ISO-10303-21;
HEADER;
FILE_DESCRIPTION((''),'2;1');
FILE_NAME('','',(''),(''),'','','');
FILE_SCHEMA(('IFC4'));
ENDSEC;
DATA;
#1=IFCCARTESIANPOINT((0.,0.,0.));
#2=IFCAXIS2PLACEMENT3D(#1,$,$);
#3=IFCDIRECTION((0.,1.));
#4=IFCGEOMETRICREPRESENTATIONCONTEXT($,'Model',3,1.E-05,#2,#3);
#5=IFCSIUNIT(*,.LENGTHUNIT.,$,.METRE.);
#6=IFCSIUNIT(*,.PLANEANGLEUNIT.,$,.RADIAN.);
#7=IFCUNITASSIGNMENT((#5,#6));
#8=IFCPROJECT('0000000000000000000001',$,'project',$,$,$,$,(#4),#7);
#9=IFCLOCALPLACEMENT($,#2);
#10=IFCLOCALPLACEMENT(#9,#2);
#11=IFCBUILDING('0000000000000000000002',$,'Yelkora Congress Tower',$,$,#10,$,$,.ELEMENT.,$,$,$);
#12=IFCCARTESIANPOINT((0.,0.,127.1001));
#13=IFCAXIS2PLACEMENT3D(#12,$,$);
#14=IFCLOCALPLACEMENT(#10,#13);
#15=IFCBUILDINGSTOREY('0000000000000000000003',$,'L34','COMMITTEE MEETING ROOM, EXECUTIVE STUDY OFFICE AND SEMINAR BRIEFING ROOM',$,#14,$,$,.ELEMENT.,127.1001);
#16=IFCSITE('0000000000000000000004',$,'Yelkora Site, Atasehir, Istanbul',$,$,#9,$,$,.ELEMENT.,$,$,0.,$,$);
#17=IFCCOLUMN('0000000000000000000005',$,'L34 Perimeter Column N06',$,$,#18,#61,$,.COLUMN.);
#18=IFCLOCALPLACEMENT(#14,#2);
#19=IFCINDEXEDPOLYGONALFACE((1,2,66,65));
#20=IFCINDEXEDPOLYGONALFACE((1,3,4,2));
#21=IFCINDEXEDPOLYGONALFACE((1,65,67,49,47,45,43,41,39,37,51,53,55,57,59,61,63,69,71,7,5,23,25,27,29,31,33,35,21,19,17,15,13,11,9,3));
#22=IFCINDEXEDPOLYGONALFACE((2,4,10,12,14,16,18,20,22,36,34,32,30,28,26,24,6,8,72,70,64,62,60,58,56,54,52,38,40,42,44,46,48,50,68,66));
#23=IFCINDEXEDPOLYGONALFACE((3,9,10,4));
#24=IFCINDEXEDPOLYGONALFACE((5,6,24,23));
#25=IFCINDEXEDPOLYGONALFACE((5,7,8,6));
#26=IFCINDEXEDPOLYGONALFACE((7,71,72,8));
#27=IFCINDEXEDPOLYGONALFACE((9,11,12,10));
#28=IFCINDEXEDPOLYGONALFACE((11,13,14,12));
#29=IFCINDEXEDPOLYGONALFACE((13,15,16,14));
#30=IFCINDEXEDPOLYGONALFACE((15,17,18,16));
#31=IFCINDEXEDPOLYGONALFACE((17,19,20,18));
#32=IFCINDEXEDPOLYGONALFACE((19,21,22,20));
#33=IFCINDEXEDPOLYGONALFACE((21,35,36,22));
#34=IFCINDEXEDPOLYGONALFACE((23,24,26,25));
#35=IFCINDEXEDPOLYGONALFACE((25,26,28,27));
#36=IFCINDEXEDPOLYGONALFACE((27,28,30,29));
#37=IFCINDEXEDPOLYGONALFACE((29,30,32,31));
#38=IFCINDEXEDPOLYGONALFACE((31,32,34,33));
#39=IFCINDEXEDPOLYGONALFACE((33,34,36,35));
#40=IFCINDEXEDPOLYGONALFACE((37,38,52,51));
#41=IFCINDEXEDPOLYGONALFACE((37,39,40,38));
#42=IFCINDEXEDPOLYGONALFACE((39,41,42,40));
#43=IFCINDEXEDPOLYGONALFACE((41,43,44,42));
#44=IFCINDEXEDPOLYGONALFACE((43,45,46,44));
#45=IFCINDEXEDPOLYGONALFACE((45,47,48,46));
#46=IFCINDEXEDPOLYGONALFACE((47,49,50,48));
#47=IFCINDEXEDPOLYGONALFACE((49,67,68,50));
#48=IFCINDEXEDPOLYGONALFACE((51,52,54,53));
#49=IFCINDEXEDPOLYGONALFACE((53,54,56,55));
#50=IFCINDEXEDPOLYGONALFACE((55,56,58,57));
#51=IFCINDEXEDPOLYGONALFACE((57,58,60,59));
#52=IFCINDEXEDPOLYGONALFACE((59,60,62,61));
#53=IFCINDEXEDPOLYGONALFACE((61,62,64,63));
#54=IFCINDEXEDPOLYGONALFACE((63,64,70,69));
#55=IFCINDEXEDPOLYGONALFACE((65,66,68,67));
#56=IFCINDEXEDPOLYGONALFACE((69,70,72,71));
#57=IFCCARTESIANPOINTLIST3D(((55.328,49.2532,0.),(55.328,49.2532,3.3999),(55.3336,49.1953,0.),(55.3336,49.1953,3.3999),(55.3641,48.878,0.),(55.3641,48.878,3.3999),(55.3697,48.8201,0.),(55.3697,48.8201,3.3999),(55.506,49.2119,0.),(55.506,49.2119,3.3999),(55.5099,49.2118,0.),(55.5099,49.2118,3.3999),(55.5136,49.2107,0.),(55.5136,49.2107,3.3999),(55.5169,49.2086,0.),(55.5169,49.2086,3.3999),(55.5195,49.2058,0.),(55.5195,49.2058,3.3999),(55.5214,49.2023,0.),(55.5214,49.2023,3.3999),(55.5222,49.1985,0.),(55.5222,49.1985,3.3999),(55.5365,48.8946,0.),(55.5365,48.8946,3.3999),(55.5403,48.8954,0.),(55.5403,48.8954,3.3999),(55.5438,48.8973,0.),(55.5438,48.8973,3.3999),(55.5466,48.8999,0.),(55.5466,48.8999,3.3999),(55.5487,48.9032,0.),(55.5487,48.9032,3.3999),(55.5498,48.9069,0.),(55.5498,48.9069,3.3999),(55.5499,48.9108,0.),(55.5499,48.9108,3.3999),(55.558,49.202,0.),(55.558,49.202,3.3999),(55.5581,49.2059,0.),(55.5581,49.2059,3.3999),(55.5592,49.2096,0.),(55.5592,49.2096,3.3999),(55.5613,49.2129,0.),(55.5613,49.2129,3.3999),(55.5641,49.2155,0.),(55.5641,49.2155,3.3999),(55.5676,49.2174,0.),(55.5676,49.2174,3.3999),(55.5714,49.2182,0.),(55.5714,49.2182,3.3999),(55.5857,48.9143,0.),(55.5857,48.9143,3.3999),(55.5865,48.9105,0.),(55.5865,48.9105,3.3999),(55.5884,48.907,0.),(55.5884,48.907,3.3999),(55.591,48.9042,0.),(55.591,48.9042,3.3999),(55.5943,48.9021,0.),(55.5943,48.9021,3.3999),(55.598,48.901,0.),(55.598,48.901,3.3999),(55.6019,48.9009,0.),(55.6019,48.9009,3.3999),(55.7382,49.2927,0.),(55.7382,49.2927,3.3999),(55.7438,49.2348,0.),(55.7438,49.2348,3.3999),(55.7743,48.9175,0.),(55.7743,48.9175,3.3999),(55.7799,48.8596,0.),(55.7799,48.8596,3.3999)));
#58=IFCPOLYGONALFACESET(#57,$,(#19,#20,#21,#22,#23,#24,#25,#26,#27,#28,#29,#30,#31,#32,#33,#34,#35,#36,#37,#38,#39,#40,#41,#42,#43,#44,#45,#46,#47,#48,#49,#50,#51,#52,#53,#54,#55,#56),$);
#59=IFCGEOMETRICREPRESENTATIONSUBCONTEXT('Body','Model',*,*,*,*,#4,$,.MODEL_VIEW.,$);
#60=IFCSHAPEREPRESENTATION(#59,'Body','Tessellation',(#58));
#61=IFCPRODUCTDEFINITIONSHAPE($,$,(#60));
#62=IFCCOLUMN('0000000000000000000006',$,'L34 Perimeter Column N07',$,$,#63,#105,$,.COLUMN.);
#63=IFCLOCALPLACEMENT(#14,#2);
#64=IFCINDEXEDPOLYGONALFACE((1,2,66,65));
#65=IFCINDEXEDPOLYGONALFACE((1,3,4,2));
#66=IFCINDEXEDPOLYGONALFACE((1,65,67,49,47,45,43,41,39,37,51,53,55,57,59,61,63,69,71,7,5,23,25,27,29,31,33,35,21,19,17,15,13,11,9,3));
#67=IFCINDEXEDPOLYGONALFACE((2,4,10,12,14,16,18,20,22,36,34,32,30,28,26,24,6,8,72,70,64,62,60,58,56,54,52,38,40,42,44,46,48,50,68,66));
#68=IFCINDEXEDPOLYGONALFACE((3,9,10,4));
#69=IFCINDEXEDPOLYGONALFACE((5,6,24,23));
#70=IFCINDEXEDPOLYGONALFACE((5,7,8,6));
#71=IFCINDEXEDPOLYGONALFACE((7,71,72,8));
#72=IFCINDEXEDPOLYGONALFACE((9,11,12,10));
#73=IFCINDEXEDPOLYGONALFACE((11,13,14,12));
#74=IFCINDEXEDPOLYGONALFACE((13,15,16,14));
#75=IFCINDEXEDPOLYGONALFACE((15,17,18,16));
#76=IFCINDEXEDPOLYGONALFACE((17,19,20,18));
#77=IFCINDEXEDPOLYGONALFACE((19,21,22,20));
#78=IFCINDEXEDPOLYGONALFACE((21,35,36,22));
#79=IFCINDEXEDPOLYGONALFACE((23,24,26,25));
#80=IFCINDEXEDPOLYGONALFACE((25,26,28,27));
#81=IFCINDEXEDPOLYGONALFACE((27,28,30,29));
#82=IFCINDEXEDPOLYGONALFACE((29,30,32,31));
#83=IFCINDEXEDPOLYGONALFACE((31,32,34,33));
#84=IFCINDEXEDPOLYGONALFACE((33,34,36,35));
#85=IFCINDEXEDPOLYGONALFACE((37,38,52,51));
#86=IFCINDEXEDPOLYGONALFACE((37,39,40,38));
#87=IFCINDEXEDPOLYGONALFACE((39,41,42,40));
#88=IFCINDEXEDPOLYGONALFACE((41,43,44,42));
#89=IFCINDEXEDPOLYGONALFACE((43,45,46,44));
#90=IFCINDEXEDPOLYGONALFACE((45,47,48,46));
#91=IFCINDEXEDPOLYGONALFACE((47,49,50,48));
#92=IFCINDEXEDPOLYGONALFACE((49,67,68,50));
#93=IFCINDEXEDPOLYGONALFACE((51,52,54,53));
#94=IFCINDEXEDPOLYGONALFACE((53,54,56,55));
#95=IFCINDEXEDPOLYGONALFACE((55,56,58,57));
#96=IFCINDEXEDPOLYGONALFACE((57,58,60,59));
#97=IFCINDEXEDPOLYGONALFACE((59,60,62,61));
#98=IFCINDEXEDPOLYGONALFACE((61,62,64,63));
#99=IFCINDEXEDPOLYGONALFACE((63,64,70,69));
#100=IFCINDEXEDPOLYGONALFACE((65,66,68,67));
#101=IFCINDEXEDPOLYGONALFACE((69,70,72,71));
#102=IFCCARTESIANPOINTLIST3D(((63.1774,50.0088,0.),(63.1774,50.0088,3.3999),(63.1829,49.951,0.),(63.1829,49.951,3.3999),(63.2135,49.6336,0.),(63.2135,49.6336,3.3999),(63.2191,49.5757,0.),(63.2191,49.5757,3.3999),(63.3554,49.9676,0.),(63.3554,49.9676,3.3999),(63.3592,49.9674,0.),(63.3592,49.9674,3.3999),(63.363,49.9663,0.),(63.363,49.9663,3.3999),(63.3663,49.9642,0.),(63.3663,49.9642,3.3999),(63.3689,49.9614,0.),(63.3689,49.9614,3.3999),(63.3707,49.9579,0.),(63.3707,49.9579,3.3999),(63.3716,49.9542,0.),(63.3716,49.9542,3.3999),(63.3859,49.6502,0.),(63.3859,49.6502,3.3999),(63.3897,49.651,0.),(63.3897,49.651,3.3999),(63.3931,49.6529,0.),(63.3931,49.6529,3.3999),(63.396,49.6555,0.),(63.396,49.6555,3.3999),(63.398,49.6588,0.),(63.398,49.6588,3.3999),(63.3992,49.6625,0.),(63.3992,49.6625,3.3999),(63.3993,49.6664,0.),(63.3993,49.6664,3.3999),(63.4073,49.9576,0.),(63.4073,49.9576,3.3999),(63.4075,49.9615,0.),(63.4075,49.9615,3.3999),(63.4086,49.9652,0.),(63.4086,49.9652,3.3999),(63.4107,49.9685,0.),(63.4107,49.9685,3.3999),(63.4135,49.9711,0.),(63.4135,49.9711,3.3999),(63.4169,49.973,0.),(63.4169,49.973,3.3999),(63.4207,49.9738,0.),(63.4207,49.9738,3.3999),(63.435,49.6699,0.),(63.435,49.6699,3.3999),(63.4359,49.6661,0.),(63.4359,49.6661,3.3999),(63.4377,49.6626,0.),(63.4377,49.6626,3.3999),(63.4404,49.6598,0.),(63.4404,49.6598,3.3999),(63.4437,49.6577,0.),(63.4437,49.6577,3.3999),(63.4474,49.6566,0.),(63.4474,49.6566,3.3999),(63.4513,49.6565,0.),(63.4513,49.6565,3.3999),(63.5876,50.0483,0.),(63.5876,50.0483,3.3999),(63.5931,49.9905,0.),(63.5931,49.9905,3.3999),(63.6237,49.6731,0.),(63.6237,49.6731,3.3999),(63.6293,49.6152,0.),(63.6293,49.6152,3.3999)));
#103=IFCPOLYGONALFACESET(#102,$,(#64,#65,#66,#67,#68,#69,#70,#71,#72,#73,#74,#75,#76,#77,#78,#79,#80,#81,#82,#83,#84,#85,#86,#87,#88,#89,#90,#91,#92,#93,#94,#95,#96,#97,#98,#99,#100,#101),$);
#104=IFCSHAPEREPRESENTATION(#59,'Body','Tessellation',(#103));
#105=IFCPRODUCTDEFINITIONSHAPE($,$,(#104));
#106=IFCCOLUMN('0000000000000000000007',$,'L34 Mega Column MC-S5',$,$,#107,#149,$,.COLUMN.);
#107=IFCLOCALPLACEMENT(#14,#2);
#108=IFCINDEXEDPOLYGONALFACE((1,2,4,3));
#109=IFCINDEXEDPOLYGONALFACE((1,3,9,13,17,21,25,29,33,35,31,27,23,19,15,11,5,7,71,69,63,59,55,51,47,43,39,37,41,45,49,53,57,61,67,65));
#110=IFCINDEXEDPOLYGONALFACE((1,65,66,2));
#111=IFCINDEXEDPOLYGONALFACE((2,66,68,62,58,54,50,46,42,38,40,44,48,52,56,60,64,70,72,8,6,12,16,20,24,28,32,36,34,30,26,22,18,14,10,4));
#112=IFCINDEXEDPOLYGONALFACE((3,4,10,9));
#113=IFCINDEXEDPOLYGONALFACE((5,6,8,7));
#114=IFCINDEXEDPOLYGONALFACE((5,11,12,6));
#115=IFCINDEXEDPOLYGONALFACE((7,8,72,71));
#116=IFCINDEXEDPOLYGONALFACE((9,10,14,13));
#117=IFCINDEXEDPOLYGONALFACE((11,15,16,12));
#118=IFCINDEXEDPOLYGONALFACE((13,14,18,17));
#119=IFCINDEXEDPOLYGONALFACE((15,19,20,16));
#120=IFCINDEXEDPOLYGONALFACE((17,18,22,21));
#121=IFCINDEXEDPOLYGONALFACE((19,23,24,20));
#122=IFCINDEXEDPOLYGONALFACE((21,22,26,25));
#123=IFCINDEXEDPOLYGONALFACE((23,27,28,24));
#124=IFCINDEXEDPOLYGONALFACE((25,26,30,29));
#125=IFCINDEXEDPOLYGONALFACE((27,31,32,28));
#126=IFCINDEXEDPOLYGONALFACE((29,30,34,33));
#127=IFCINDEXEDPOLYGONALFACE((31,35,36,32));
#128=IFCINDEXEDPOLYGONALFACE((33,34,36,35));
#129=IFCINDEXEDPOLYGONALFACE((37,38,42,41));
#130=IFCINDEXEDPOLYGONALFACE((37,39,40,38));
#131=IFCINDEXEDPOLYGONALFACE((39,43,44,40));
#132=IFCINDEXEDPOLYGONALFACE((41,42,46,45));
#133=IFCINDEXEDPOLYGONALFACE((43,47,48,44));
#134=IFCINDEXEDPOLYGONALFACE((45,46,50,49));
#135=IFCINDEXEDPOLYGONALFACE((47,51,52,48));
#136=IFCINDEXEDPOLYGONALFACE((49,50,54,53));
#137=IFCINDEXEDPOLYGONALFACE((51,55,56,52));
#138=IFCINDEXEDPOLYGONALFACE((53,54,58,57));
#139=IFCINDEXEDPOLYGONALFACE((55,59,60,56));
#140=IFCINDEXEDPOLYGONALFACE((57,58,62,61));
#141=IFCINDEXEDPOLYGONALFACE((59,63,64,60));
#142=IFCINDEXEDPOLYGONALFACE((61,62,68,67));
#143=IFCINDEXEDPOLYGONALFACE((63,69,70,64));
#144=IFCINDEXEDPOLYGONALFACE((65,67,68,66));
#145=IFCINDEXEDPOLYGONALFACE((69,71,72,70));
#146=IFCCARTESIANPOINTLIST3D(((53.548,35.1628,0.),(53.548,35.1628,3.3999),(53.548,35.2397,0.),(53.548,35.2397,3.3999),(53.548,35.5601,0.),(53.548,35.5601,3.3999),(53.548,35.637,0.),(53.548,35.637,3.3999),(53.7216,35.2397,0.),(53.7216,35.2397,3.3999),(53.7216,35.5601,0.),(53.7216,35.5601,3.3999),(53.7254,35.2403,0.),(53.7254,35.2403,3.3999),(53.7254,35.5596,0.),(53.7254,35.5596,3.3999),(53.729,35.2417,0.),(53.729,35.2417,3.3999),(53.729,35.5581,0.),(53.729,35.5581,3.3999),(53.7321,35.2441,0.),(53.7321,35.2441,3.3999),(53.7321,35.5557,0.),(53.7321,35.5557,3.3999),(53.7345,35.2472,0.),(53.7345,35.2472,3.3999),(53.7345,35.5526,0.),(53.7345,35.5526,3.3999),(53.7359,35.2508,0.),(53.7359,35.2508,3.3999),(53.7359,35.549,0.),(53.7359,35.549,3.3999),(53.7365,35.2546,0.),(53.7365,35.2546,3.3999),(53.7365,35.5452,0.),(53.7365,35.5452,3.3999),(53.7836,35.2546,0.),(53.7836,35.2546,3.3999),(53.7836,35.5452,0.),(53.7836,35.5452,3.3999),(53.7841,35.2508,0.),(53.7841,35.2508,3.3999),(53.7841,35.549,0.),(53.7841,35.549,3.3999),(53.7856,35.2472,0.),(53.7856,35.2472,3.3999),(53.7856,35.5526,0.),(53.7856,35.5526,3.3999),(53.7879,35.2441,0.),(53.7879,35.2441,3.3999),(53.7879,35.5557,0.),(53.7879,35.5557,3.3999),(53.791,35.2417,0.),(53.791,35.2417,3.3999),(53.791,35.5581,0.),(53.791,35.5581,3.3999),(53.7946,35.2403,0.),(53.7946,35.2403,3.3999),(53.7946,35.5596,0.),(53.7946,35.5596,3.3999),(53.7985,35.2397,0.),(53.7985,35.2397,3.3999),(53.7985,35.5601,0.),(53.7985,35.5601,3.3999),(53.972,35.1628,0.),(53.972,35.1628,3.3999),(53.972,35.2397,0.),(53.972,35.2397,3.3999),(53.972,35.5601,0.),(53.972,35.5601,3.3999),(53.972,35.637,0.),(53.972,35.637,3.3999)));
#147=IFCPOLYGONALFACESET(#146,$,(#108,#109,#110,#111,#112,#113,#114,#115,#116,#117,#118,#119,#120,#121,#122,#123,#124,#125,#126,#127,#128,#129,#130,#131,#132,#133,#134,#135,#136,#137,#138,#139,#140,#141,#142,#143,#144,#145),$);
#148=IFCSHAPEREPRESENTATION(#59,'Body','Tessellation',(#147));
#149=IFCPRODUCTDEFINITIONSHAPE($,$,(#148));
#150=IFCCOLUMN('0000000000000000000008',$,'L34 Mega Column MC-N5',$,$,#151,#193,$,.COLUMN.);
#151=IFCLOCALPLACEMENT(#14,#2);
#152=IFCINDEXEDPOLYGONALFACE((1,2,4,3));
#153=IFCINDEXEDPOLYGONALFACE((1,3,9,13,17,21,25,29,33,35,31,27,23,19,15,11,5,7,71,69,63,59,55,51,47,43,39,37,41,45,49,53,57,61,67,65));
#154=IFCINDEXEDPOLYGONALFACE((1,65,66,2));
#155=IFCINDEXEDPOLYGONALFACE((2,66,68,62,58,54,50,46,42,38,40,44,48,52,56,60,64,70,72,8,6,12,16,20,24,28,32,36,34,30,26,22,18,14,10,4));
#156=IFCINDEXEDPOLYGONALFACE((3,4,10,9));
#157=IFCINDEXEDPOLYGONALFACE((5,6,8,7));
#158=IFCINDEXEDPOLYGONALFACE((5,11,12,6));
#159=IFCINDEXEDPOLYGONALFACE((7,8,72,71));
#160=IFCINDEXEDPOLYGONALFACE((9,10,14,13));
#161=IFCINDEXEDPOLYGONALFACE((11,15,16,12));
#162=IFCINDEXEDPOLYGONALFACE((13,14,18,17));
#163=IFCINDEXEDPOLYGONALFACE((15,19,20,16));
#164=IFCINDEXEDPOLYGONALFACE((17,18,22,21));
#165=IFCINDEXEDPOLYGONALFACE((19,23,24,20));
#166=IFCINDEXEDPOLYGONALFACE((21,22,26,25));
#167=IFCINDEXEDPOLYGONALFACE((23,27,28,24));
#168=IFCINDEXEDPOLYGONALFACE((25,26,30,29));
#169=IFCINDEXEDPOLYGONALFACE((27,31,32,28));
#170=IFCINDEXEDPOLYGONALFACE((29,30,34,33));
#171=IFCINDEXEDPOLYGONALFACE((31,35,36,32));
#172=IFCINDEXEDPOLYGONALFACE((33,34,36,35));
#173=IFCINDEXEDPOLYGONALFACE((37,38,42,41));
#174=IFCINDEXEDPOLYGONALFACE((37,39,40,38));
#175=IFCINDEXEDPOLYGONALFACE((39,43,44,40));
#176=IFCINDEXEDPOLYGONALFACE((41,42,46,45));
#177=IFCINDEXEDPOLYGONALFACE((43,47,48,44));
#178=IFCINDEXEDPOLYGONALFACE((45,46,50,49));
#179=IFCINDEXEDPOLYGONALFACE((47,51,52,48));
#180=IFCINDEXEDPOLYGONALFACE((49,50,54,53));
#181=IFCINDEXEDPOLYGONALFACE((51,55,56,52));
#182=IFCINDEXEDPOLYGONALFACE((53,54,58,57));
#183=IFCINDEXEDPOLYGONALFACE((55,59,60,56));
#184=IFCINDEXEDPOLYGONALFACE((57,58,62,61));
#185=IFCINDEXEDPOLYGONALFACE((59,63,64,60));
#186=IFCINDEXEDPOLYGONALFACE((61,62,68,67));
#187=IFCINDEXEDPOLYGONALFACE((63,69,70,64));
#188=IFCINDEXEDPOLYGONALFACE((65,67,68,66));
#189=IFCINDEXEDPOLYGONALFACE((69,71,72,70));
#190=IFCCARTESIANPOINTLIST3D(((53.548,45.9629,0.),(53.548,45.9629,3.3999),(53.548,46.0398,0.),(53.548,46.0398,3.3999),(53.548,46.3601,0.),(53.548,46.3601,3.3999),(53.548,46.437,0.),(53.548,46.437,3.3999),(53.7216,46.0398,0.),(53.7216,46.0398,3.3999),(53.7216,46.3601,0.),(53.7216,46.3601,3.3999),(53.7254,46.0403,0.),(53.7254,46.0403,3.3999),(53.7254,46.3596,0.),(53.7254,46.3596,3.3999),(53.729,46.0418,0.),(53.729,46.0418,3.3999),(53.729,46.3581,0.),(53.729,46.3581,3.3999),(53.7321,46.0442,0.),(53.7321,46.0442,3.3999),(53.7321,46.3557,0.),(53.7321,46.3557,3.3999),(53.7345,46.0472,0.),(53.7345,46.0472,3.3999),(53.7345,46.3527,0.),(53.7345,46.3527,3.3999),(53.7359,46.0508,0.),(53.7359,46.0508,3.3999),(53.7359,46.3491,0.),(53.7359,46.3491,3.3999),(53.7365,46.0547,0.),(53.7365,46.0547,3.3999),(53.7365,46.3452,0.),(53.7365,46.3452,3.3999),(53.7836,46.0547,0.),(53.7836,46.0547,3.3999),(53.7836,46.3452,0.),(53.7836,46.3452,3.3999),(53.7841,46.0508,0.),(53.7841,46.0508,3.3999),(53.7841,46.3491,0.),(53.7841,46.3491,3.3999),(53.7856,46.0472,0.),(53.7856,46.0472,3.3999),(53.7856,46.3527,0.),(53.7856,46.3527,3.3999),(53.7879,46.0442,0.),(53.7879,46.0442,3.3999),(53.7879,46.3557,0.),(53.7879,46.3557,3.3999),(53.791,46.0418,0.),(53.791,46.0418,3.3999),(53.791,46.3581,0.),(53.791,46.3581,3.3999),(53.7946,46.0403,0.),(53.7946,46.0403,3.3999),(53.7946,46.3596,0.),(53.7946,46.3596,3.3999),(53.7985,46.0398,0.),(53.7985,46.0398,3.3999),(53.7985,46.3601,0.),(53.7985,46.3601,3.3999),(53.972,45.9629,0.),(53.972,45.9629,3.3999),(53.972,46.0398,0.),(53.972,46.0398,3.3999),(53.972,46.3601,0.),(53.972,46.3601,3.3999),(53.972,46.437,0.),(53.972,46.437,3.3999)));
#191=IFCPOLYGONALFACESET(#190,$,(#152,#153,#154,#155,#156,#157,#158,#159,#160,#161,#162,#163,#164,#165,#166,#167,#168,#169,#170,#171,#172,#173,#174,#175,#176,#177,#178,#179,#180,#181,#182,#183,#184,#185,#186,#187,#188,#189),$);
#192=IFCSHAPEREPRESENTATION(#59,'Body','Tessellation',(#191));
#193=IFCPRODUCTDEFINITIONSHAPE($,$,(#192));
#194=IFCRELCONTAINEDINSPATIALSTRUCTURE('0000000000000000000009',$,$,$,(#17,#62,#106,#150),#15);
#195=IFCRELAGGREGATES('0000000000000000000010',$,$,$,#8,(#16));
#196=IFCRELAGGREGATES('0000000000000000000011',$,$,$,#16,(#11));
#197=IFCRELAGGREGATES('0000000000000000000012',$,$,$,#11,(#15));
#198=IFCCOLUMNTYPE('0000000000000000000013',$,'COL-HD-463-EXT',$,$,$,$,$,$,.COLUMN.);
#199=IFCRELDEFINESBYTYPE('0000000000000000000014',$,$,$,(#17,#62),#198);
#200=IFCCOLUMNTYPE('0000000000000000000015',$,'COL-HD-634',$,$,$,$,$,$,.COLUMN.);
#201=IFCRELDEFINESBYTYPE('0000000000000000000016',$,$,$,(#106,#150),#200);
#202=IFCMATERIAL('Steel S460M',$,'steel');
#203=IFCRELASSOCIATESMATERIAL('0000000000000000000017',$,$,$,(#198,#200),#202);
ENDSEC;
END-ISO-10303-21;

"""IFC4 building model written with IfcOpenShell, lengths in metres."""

from ifc_helpers import new_model, si_unit, direction, frame, origin, origin_2d, place, context, subcontext, project, spatial, i_section, extrude, material, material_profile, profile_set, type_object, element, save


model = new_model("IFC4")

# Units and contexts
model_context = context("Model", 3, precision=1e-05, world=origin(), true_north=direction((0.0, 1.0)))
body_context = subcontext(model_context, "Body", "Model", "MODEL_VIEW")
ifc_project = project(units=[si_unit("LENGTHUNIT", "METRE"), si_unit("PLANEANGLEUNIT", "RADIAN")], contexts=[model_context])

# Site, building, storey
site_placement = place(None, origin())
site = spatial("IfcSite", under=ifc_project, at=site_placement, Name="Yelkora Site, Atasehir, Istanbul", CompositionType="ELEMENT", RefElevation=0.0)
building_placement = place(site_placement, origin())
building = spatial("IfcBuilding", under=site, at=building_placement, Name="Yelkora Congress Tower", CompositionType="ELEMENT")
storey_placement = place(building_placement, frame((0.0, 0.0, 127.1001)))
storey = spatial("IfcBuildingStorey", under=building, at=storey_placement, Name="L34", Description="COMMITTEE MEETING ROOM, EXECUTIVE STUDY OFFICE AND SEMINAR BRIEFING ROOM", CompositionType="ELEMENT", Elevation=127.1001)

# Columns
ifc_material_1 = material(Name="Steel S460M", Category="steel")
ifc_material_profile_1 = material_profile(ifc_material_1, i_section(OverallWidth=0.4121, OverallDepth=0.4351, WebThickness=0.0359, FlangeThickness=0.0581, FilletRadius=0.0149, at=origin_2d()), Name="HD 400x463")
ifc_profile_set_1 = profile_set([ifc_material_profile_1], Name="Steel S460M")
column_type_1 = type_object("IfcColumnType", Name="COL-HD-463-EXT", PredefinedType="COLUMN", material=ifc_profile_set_1)
for number, where, z_axis, x_axis, name in (
    (1, (55.554, 49.0564, 0.0), (0.0, 0.0, 1.0), (0.995396, 0.095846, 0.0), "L34 Perimeter Column N06"),
    (2, (63.4033, 49.812, 0.0), (0.0, 0.0, 1.0), (0.995396, 0.095846, 0.0), "L34 Perimeter Column N07"),
):
    element("IfcColumn", number, at=place(storey_placement, frame(where, z_axis=z_axis, x_axis=x_axis)), inside=storey, type_object=column_type_1, Name=name, PredefinedType="COLUMN", context=body_context, shape_type="SweptSolid", body=[
        extrude(i_section(OverallWidth=0.4121, OverallDepth=0.4351, WebThickness=0.0359, FlangeThickness=0.0581, FilletRadius=0.0149, at=origin_2d()), origin(), (0.0, 0.0, 1.0), 3.3999),
    ])
ifc_material_profile_2 = material_profile(ifc_material_1, i_section(OverallWidth=0.4241, OverallDepth=0.4741, WebThickness=0.0471, FlangeThickness=0.0769, FilletRadius=0.0149, at=origin_2d()), Name="HD 400x634")
ifc_profile_set_2 = profile_set([ifc_material_profile_2], Name="Steel S460M")
column_type_2 = type_object("IfcColumnType", Name="COL-HD-634", PredefinedType="COLUMN", material=ifc_profile_set_2)
for number, where, z_axis, x_axis, name in (
    (3, (53.76, 35.3999, 0.0), (0.0, 0.0, 1.0), (1.0, 0.0, 0.0), "L34 Mega Column MC-S5"),
    (4, (53.76, 46.2, 0.0), (0.0, 0.0, 1.0), (1.0, 0.0, 0.0), "L34 Mega Column MC-N5"),
):
    element("IfcColumn", number, at=place(storey_placement, frame(where, z_axis=z_axis, x_axis=x_axis)), inside=storey, type_object=column_type_2, Name=name, PredefinedType="COLUMN", context=body_context, shape_type="SweptSolid", body=[
        extrude(i_section(OverallWidth=0.4241, OverallDepth=0.4741, WebThickness=0.0471, FlangeThickness=0.0769, FilletRadius=0.0149, at=origin_2d()), origin(), (0.0, 0.0, 1.0), 3.3999),
    ])

save(model, "model.ifc")
